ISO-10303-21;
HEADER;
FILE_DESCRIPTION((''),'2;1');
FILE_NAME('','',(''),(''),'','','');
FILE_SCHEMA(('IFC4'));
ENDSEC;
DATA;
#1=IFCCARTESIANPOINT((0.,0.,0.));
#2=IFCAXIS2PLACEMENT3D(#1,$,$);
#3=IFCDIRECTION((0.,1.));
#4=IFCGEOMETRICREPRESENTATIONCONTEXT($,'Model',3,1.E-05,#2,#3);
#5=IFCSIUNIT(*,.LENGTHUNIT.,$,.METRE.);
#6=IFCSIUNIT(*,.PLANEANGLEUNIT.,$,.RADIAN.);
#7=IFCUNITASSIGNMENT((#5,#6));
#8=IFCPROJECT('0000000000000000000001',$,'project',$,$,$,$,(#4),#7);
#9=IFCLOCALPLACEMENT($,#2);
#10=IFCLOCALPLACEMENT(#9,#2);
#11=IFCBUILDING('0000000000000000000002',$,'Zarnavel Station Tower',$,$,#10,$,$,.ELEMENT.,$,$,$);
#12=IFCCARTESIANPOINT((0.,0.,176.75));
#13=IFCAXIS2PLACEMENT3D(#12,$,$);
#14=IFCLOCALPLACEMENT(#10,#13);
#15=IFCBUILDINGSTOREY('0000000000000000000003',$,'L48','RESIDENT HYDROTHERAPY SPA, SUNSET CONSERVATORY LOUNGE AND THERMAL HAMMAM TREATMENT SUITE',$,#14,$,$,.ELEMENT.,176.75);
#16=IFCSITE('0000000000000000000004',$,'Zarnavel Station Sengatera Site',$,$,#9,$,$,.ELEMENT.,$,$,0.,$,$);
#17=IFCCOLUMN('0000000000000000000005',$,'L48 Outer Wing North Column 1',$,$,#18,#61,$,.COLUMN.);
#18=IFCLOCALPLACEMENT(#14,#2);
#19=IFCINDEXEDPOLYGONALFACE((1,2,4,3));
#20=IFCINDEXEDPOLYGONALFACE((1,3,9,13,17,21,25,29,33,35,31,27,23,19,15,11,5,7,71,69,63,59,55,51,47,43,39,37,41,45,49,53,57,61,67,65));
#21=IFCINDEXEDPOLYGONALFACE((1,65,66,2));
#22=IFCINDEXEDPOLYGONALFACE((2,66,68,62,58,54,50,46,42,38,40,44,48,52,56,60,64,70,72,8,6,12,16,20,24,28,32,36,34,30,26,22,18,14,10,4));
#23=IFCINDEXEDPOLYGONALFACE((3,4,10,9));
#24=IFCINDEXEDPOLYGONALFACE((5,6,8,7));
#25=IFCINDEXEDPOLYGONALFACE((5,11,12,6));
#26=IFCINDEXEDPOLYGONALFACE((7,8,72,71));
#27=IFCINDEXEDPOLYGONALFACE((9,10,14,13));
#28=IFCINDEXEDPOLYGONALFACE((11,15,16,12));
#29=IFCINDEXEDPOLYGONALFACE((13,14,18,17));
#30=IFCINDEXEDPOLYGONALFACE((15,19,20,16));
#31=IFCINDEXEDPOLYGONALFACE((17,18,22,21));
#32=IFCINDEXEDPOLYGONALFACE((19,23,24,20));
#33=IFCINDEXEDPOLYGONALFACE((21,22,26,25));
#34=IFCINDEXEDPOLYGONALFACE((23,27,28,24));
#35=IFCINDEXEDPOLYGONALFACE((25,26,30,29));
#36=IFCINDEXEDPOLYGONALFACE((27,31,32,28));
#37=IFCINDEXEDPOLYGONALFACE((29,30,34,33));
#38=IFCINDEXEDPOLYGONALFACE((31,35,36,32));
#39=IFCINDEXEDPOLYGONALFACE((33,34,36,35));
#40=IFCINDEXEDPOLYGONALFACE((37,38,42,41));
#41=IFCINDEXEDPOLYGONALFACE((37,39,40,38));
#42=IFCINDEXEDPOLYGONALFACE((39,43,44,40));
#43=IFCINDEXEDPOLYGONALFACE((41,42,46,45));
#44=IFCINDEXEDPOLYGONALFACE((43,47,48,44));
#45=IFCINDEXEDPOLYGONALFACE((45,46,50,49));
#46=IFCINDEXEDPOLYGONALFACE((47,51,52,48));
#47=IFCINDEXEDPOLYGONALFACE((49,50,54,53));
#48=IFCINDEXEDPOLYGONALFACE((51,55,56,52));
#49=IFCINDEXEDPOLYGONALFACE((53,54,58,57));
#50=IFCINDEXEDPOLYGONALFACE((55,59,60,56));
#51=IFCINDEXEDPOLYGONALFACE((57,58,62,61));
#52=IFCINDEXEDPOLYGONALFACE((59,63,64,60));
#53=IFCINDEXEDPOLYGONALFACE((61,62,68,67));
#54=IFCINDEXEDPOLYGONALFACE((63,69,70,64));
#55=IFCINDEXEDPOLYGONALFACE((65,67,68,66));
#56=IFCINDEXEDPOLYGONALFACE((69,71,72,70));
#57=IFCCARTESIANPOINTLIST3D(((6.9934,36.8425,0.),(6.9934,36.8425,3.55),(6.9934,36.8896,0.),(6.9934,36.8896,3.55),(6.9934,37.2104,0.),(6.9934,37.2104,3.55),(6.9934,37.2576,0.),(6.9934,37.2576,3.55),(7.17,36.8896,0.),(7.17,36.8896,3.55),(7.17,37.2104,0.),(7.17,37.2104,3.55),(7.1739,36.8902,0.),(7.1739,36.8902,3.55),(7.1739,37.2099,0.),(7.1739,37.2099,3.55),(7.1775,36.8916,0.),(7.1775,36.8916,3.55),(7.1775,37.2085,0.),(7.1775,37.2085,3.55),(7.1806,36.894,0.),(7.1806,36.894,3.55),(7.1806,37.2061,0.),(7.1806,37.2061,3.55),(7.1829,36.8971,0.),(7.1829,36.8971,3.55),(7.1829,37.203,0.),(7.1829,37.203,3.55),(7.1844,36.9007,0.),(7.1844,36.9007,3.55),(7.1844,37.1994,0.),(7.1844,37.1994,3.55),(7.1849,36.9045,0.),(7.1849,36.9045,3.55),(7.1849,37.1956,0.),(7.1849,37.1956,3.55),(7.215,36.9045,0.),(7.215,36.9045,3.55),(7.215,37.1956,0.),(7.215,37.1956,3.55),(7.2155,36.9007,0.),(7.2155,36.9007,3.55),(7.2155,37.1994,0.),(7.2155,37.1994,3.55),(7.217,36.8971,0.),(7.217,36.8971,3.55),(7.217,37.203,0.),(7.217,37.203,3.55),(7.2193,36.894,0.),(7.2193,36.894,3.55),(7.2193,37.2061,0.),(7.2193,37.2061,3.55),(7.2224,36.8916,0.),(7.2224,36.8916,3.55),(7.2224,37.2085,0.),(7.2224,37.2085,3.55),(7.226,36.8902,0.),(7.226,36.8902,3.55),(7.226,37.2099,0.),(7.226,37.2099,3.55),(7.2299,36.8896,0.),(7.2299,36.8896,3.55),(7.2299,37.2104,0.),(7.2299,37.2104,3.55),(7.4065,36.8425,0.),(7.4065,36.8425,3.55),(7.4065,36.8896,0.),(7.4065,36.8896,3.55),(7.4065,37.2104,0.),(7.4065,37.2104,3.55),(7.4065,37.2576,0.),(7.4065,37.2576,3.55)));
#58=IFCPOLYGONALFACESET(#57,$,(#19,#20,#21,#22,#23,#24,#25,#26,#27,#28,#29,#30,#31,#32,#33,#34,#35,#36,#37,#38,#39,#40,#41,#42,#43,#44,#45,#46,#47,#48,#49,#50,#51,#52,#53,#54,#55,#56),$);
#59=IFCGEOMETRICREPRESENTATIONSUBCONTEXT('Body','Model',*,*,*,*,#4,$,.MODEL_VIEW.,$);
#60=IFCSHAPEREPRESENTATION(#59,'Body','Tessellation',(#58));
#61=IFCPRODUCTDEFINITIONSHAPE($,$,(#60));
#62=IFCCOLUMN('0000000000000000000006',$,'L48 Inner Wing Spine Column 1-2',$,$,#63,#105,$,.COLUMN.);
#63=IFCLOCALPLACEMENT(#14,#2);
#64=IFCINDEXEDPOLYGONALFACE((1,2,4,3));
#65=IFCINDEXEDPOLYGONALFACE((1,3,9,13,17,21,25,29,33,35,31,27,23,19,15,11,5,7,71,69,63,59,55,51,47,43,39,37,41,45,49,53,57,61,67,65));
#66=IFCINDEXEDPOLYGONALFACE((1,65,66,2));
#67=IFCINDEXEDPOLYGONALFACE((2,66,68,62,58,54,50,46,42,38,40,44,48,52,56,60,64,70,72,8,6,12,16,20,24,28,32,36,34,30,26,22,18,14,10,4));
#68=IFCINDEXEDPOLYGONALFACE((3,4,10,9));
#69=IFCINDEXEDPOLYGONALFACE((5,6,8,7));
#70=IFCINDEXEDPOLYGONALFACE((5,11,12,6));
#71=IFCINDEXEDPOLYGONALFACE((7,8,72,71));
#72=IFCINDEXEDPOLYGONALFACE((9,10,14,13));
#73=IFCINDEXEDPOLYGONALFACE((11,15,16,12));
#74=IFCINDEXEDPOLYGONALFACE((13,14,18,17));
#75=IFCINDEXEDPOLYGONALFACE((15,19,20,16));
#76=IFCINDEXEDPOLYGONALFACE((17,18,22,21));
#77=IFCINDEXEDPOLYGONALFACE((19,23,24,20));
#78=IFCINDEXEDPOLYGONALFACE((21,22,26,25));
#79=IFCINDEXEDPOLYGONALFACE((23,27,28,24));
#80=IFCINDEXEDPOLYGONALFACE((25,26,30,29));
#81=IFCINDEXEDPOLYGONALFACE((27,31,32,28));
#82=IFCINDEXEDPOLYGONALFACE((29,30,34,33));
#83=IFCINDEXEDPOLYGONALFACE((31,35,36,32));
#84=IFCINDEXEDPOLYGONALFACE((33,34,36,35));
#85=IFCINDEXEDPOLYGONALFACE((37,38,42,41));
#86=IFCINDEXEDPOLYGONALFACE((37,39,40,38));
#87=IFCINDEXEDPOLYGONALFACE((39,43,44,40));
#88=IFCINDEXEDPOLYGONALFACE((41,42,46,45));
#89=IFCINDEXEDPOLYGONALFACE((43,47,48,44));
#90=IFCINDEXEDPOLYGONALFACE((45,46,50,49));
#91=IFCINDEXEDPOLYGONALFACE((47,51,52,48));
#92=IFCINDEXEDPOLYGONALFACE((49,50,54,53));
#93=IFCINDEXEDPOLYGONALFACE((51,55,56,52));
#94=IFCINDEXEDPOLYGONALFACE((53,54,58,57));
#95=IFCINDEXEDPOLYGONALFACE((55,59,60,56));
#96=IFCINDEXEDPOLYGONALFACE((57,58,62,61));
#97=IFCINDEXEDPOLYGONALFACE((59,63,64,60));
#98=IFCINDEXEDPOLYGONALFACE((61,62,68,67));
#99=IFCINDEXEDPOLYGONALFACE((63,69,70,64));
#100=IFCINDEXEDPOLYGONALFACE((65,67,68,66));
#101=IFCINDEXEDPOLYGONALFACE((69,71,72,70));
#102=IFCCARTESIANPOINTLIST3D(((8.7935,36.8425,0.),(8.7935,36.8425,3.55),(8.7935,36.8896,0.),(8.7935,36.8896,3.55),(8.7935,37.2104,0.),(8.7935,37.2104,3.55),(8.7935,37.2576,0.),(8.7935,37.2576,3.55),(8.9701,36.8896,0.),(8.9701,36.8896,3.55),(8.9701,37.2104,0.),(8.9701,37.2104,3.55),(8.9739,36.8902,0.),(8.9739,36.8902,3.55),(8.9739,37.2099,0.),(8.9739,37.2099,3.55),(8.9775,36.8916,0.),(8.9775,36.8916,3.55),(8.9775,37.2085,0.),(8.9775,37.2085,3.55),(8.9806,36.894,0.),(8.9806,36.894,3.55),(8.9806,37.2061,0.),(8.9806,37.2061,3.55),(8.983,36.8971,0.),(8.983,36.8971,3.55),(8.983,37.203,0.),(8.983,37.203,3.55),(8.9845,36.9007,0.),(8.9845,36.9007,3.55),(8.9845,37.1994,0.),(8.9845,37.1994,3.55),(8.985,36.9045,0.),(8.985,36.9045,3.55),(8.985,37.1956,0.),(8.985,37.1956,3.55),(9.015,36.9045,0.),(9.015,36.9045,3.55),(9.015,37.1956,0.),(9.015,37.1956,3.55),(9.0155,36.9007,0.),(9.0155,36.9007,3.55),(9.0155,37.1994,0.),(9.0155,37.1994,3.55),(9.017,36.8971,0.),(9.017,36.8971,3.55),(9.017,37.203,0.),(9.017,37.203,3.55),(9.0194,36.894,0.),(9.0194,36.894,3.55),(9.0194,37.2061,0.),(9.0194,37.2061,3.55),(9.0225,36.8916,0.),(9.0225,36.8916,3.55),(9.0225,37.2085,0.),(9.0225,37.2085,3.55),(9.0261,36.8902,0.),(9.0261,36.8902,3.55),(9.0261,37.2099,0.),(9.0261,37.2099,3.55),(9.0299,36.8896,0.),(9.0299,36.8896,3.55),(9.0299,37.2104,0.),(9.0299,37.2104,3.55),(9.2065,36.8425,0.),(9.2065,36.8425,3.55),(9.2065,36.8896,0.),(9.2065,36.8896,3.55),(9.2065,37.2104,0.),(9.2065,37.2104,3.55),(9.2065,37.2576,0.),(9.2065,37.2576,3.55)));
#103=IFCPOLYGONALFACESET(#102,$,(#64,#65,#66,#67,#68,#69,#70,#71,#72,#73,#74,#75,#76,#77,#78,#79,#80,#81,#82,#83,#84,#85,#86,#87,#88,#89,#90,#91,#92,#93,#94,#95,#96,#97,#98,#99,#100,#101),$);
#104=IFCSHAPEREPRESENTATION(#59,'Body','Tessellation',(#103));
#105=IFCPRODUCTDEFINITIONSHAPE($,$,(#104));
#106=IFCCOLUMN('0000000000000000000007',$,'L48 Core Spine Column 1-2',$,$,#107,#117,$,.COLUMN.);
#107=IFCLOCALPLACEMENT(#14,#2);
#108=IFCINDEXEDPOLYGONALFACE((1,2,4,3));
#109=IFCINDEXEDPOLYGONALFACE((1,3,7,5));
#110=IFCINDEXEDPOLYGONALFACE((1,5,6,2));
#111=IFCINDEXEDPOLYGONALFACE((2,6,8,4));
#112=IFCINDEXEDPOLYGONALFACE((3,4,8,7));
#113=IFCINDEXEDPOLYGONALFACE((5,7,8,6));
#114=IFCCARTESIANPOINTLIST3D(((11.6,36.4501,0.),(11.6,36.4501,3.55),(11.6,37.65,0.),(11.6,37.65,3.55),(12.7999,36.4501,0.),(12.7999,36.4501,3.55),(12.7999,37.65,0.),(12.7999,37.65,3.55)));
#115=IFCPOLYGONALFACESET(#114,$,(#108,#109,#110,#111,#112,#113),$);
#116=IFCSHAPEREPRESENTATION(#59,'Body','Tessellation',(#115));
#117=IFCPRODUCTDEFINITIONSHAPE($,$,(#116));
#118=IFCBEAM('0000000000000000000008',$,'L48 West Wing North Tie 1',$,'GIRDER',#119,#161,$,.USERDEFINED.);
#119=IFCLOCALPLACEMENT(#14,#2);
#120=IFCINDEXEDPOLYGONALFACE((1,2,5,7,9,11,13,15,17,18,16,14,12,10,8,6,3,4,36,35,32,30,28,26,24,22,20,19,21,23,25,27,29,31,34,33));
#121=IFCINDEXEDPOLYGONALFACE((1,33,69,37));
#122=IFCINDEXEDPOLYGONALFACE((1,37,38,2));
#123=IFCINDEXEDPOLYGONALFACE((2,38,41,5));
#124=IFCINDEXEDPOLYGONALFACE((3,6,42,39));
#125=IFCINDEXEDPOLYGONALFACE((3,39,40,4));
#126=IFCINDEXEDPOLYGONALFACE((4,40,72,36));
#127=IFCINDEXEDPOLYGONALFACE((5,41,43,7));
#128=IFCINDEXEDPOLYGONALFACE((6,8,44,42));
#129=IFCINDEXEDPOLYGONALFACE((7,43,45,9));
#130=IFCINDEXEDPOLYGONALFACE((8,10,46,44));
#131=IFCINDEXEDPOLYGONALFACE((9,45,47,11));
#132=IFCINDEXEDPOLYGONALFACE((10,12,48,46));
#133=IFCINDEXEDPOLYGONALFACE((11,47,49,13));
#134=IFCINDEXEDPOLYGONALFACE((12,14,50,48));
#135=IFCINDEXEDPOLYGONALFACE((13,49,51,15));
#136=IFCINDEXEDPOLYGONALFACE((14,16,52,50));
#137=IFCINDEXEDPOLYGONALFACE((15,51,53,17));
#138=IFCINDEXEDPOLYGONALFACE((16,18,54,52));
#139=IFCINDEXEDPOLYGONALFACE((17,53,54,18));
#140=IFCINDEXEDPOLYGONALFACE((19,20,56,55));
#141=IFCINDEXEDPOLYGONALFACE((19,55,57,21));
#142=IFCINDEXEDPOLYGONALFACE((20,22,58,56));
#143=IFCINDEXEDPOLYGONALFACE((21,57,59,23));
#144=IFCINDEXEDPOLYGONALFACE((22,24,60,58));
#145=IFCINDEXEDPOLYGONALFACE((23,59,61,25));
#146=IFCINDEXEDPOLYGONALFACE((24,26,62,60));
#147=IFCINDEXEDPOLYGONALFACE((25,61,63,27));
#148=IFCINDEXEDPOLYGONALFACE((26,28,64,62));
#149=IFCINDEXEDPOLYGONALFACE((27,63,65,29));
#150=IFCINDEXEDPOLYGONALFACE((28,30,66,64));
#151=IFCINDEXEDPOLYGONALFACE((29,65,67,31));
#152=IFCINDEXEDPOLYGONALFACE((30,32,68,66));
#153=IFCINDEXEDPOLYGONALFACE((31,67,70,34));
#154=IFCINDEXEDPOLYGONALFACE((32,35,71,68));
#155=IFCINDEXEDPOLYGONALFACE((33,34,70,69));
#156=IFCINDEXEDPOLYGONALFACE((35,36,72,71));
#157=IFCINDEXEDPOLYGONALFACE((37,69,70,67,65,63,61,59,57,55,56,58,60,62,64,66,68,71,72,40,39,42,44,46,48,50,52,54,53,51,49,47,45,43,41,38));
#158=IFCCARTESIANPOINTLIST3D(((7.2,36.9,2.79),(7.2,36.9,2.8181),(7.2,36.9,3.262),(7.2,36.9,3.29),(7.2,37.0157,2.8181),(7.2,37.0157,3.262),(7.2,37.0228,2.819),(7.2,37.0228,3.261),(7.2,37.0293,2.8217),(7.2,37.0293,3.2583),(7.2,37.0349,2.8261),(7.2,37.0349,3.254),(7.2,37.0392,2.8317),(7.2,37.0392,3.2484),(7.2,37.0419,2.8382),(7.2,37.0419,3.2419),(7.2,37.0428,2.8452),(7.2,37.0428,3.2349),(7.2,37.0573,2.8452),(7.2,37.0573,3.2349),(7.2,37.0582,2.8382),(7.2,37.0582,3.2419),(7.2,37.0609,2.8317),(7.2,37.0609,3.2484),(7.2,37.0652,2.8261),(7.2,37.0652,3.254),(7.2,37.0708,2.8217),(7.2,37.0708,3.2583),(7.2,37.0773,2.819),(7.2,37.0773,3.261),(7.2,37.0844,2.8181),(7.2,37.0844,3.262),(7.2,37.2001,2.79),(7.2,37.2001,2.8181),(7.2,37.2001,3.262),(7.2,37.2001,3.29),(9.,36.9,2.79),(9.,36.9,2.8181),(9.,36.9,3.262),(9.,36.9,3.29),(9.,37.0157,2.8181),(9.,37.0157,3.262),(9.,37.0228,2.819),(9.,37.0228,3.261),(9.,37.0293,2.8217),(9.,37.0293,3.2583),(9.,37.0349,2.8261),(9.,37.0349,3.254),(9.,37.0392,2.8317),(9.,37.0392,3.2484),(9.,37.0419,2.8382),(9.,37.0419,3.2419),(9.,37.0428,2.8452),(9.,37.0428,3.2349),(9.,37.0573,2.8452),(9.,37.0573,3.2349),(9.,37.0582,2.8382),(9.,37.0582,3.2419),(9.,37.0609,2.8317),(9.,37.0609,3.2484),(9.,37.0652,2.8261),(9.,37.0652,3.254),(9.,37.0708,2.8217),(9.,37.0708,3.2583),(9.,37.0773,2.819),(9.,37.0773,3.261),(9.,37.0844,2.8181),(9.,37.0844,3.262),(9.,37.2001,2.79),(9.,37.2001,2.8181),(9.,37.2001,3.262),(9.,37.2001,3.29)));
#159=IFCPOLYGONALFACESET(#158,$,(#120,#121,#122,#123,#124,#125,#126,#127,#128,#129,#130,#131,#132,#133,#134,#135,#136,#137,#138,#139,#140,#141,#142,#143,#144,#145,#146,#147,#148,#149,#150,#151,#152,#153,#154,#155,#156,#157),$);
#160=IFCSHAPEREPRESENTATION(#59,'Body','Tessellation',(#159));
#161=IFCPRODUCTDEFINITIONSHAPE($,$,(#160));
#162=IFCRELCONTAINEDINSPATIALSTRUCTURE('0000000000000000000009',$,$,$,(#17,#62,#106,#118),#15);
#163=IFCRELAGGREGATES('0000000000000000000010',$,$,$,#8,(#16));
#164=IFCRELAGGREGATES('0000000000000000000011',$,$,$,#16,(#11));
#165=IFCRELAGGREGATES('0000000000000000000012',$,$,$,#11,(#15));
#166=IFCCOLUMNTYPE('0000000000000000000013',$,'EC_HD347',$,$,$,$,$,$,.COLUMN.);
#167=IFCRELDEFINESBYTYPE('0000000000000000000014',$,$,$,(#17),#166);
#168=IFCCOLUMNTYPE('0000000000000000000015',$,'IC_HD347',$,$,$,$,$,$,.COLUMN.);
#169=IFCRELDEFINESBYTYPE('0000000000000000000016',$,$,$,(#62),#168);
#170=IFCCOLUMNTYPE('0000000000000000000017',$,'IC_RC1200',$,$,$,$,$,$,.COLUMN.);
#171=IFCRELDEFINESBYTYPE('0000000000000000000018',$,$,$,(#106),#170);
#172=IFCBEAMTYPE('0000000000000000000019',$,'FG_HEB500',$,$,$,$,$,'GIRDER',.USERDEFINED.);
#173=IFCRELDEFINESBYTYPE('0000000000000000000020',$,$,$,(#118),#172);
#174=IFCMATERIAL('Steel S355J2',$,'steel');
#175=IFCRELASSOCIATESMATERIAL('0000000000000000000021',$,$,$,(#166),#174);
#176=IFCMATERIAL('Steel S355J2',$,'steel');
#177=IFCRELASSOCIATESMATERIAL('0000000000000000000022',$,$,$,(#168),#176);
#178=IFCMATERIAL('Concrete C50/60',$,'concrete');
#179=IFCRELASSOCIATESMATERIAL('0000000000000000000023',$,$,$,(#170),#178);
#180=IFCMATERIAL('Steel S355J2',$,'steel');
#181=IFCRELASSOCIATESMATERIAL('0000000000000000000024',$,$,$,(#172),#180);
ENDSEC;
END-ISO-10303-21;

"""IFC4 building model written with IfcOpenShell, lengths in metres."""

from ifc_helpers import new_model, si_unit, direction, frame, origin, origin_2d, place, context, subcontext, project, spatial, rectangle, i_section, extrude, material, material_profile, profile_set, type_object, element, save


model = new_model("IFC4")

# Units and contexts
model_context = context("Model", 3, precision=1e-05, world=origin(), true_north=direction((0.0, 1.0)))
body_context = subcontext(model_context, "Body", "Model", "MODEL_VIEW")
ifc_project = project(units=[si_unit("LENGTHUNIT", "METRE"), si_unit("PLANEANGLEUNIT", "RADIAN")], contexts=[model_context])

# Site, building, storey
site_placement = place(None, origin())
site = spatial("IfcSite", under=ifc_project, at=site_placement, Name="Zarnavel Station Sengatera Site", CompositionType="ELEMENT", RefElevation=0.0)
building_placement = place(site_placement, origin())
building = spatial("IfcBuilding", under=site, at=building_placement, Name="Zarnavel Station Tower", CompositionType="ELEMENT")
storey_placement = place(building_placement, frame((0.0, 0.0, 176.75)))
storey = spatial("IfcBuildingStorey", under=building, at=storey_placement, Name="L48", Description="RESIDENT HYDROTHERAPY SPA, SUNSET CONSERVATORY LOUNGE AND THERMAL HAMMAM TREATMENT SUITE", CompositionType="ELEMENT", Elevation=176.75)

# Columns
ifc_material_1 = material(Name="Steel S355J2", Category="steel")
ifc_material_profile_1 = material_profile(ifc_material_1, i_section(OverallWidth=0.4131, OverallDepth=0.415, WebThickness=0.03, FlangeThickness=0.0471, FilletRadius=0.0149, at=origin_2d()), Name="HD400x347")
ifc_profile_set_1 = profile_set([ifc_material_profile_1], Name="Steel S355J2")
column_type_1 = type_object("IfcColumnType", Name="EC_HD347", PredefinedType="COLUMN", material=ifc_profile_set_1)
column_1_placement = place(storey_placement, frame((7.2, 37.05, 0.0), z_axis=(0.0, 0.0, 1.0), x_axis=(1.0, 0.0, 0.0)))
element("IfcColumn", 1, at=column_1_placement, inside=storey, type_object=column_type_1, Name="L48 Outer Wing North Column 1", PredefinedType="COLUMN", context=body_context, shape_type="SweptSolid", body=[
    extrude(i_section(OverallWidth=0.4131, OverallDepth=0.415, WebThickness=0.03, FlangeThickness=0.0471, FilletRadius=0.0149, at=origin_2d()), origin(), (0.0, 0.0, 1.0), 3.55),
])
ifc_material_2 = material(Name="Steel S355J2", Category="steel")
ifc_material_profile_2 = material_profile(ifc_material_2, i_section(OverallWidth=0.4131, OverallDepth=0.415, WebThickness=0.03, FlangeThickness=0.0471, FilletRadius=0.0149, at=origin_2d()), Name="HD400x347")
ifc_profile_set_2 = profile_set([ifc_material_profile_2], Name="Steel S355J2")
column_type_2 = type_object("IfcColumnType", Name="IC_HD347", PredefinedType="COLUMN", material=ifc_profile_set_2)
column_2_placement = place(storey_placement, frame((9.0, 37.05, 0.0), z_axis=(0.0, 0.0, 1.0), x_axis=(1.0, 0.0, 0.0)))
element("IfcColumn", 2, at=column_2_placement, inside=storey, type_object=column_type_2, Name="L48 Inner Wing Spine Column 1-2", PredefinedType="COLUMN", context=body_context, shape_type="SweptSolid", body=[
    extrude(i_section(OverallWidth=0.4131, OverallDepth=0.415, WebThickness=0.03, FlangeThickness=0.0471, FilletRadius=0.0149, at=origin_2d()), origin(), (0.0, 0.0, 1.0), 3.55),
])
ifc_material_3 = material(Name="Concrete C50/60", Category="concrete")
ifc_material_profile_3 = material_profile(ifc_material_3, rectangle(XDim=1.2, YDim=1.2, at=origin_2d()), Name="RC1200x1200")
ifc_profile_set_3 = profile_set([ifc_material_profile_3], Name="Concrete C50/60")
column_type_3 = type_object("IfcColumnType", Name="IC_RC1200", PredefinedType="COLUMN", material=ifc_profile_set_3)
column_3_placement = place(storey_placement, frame((12.2, 37.05, 0.0), z_axis=(0.0, 0.0, 1.0), x_axis=(1.0, 0.0, 0.0)))
element("IfcColumn", 3, at=column_3_placement, inside=storey, type_object=column_type_3, Name="L48 Core Spine Column 1-2", PredefinedType="COLUMN", context=body_context, shape_type="SweptSolid", body=[
    extrude(rectangle(XDim=1.2, YDim=1.2, at=origin_2d()), origin(), (0.0, 0.0, 1.0), 3.55),
])

# Beam
ifc_material_4 = material(Name="Steel S355J2", Category="steel")
ifc_material_profile_4 = material_profile(ifc_material_4, i_section(OverallWidth=0.3, OverallDepth=0.5, WebThickness=0.0144, FlangeThickness=0.0281, FilletRadius=0.0271, at=origin_2d()), Name="HEB500")
ifc_profile_set_4 = profile_set([ifc_material_profile_4], Name="Steel S355J2")
beam_type = type_object("IfcBeamType", Name="FG_HEB500", ElementType="GIRDER", PredefinedType="USERDEFINED", material=ifc_profile_set_4)
beam_1_placement = place(storey_placement, frame((7.2, 37.05, 3.04), z_axis=(1.0, 0.0, 0.0), x_axis=(0.0, 1.0, 0.0)))
element("IfcBeam", 4, at=beam_1_placement, inside=storey, type_object=beam_type, Name="L48 West Wing North Tie 1", ObjectType="GIRDER", PredefinedType="USERDEFINED", context=body_context, shape_type="SweptSolid", body=[
    extrude(i_section(OverallWidth=0.3, OverallDepth=0.5, WebThickness=0.0144, FlangeThickness=0.0281, FilletRadius=0.0271, at=origin_2d()), origin(), (0.0, 0.0, 1.0), 1.8),
])

save(model, "model.ifc")
